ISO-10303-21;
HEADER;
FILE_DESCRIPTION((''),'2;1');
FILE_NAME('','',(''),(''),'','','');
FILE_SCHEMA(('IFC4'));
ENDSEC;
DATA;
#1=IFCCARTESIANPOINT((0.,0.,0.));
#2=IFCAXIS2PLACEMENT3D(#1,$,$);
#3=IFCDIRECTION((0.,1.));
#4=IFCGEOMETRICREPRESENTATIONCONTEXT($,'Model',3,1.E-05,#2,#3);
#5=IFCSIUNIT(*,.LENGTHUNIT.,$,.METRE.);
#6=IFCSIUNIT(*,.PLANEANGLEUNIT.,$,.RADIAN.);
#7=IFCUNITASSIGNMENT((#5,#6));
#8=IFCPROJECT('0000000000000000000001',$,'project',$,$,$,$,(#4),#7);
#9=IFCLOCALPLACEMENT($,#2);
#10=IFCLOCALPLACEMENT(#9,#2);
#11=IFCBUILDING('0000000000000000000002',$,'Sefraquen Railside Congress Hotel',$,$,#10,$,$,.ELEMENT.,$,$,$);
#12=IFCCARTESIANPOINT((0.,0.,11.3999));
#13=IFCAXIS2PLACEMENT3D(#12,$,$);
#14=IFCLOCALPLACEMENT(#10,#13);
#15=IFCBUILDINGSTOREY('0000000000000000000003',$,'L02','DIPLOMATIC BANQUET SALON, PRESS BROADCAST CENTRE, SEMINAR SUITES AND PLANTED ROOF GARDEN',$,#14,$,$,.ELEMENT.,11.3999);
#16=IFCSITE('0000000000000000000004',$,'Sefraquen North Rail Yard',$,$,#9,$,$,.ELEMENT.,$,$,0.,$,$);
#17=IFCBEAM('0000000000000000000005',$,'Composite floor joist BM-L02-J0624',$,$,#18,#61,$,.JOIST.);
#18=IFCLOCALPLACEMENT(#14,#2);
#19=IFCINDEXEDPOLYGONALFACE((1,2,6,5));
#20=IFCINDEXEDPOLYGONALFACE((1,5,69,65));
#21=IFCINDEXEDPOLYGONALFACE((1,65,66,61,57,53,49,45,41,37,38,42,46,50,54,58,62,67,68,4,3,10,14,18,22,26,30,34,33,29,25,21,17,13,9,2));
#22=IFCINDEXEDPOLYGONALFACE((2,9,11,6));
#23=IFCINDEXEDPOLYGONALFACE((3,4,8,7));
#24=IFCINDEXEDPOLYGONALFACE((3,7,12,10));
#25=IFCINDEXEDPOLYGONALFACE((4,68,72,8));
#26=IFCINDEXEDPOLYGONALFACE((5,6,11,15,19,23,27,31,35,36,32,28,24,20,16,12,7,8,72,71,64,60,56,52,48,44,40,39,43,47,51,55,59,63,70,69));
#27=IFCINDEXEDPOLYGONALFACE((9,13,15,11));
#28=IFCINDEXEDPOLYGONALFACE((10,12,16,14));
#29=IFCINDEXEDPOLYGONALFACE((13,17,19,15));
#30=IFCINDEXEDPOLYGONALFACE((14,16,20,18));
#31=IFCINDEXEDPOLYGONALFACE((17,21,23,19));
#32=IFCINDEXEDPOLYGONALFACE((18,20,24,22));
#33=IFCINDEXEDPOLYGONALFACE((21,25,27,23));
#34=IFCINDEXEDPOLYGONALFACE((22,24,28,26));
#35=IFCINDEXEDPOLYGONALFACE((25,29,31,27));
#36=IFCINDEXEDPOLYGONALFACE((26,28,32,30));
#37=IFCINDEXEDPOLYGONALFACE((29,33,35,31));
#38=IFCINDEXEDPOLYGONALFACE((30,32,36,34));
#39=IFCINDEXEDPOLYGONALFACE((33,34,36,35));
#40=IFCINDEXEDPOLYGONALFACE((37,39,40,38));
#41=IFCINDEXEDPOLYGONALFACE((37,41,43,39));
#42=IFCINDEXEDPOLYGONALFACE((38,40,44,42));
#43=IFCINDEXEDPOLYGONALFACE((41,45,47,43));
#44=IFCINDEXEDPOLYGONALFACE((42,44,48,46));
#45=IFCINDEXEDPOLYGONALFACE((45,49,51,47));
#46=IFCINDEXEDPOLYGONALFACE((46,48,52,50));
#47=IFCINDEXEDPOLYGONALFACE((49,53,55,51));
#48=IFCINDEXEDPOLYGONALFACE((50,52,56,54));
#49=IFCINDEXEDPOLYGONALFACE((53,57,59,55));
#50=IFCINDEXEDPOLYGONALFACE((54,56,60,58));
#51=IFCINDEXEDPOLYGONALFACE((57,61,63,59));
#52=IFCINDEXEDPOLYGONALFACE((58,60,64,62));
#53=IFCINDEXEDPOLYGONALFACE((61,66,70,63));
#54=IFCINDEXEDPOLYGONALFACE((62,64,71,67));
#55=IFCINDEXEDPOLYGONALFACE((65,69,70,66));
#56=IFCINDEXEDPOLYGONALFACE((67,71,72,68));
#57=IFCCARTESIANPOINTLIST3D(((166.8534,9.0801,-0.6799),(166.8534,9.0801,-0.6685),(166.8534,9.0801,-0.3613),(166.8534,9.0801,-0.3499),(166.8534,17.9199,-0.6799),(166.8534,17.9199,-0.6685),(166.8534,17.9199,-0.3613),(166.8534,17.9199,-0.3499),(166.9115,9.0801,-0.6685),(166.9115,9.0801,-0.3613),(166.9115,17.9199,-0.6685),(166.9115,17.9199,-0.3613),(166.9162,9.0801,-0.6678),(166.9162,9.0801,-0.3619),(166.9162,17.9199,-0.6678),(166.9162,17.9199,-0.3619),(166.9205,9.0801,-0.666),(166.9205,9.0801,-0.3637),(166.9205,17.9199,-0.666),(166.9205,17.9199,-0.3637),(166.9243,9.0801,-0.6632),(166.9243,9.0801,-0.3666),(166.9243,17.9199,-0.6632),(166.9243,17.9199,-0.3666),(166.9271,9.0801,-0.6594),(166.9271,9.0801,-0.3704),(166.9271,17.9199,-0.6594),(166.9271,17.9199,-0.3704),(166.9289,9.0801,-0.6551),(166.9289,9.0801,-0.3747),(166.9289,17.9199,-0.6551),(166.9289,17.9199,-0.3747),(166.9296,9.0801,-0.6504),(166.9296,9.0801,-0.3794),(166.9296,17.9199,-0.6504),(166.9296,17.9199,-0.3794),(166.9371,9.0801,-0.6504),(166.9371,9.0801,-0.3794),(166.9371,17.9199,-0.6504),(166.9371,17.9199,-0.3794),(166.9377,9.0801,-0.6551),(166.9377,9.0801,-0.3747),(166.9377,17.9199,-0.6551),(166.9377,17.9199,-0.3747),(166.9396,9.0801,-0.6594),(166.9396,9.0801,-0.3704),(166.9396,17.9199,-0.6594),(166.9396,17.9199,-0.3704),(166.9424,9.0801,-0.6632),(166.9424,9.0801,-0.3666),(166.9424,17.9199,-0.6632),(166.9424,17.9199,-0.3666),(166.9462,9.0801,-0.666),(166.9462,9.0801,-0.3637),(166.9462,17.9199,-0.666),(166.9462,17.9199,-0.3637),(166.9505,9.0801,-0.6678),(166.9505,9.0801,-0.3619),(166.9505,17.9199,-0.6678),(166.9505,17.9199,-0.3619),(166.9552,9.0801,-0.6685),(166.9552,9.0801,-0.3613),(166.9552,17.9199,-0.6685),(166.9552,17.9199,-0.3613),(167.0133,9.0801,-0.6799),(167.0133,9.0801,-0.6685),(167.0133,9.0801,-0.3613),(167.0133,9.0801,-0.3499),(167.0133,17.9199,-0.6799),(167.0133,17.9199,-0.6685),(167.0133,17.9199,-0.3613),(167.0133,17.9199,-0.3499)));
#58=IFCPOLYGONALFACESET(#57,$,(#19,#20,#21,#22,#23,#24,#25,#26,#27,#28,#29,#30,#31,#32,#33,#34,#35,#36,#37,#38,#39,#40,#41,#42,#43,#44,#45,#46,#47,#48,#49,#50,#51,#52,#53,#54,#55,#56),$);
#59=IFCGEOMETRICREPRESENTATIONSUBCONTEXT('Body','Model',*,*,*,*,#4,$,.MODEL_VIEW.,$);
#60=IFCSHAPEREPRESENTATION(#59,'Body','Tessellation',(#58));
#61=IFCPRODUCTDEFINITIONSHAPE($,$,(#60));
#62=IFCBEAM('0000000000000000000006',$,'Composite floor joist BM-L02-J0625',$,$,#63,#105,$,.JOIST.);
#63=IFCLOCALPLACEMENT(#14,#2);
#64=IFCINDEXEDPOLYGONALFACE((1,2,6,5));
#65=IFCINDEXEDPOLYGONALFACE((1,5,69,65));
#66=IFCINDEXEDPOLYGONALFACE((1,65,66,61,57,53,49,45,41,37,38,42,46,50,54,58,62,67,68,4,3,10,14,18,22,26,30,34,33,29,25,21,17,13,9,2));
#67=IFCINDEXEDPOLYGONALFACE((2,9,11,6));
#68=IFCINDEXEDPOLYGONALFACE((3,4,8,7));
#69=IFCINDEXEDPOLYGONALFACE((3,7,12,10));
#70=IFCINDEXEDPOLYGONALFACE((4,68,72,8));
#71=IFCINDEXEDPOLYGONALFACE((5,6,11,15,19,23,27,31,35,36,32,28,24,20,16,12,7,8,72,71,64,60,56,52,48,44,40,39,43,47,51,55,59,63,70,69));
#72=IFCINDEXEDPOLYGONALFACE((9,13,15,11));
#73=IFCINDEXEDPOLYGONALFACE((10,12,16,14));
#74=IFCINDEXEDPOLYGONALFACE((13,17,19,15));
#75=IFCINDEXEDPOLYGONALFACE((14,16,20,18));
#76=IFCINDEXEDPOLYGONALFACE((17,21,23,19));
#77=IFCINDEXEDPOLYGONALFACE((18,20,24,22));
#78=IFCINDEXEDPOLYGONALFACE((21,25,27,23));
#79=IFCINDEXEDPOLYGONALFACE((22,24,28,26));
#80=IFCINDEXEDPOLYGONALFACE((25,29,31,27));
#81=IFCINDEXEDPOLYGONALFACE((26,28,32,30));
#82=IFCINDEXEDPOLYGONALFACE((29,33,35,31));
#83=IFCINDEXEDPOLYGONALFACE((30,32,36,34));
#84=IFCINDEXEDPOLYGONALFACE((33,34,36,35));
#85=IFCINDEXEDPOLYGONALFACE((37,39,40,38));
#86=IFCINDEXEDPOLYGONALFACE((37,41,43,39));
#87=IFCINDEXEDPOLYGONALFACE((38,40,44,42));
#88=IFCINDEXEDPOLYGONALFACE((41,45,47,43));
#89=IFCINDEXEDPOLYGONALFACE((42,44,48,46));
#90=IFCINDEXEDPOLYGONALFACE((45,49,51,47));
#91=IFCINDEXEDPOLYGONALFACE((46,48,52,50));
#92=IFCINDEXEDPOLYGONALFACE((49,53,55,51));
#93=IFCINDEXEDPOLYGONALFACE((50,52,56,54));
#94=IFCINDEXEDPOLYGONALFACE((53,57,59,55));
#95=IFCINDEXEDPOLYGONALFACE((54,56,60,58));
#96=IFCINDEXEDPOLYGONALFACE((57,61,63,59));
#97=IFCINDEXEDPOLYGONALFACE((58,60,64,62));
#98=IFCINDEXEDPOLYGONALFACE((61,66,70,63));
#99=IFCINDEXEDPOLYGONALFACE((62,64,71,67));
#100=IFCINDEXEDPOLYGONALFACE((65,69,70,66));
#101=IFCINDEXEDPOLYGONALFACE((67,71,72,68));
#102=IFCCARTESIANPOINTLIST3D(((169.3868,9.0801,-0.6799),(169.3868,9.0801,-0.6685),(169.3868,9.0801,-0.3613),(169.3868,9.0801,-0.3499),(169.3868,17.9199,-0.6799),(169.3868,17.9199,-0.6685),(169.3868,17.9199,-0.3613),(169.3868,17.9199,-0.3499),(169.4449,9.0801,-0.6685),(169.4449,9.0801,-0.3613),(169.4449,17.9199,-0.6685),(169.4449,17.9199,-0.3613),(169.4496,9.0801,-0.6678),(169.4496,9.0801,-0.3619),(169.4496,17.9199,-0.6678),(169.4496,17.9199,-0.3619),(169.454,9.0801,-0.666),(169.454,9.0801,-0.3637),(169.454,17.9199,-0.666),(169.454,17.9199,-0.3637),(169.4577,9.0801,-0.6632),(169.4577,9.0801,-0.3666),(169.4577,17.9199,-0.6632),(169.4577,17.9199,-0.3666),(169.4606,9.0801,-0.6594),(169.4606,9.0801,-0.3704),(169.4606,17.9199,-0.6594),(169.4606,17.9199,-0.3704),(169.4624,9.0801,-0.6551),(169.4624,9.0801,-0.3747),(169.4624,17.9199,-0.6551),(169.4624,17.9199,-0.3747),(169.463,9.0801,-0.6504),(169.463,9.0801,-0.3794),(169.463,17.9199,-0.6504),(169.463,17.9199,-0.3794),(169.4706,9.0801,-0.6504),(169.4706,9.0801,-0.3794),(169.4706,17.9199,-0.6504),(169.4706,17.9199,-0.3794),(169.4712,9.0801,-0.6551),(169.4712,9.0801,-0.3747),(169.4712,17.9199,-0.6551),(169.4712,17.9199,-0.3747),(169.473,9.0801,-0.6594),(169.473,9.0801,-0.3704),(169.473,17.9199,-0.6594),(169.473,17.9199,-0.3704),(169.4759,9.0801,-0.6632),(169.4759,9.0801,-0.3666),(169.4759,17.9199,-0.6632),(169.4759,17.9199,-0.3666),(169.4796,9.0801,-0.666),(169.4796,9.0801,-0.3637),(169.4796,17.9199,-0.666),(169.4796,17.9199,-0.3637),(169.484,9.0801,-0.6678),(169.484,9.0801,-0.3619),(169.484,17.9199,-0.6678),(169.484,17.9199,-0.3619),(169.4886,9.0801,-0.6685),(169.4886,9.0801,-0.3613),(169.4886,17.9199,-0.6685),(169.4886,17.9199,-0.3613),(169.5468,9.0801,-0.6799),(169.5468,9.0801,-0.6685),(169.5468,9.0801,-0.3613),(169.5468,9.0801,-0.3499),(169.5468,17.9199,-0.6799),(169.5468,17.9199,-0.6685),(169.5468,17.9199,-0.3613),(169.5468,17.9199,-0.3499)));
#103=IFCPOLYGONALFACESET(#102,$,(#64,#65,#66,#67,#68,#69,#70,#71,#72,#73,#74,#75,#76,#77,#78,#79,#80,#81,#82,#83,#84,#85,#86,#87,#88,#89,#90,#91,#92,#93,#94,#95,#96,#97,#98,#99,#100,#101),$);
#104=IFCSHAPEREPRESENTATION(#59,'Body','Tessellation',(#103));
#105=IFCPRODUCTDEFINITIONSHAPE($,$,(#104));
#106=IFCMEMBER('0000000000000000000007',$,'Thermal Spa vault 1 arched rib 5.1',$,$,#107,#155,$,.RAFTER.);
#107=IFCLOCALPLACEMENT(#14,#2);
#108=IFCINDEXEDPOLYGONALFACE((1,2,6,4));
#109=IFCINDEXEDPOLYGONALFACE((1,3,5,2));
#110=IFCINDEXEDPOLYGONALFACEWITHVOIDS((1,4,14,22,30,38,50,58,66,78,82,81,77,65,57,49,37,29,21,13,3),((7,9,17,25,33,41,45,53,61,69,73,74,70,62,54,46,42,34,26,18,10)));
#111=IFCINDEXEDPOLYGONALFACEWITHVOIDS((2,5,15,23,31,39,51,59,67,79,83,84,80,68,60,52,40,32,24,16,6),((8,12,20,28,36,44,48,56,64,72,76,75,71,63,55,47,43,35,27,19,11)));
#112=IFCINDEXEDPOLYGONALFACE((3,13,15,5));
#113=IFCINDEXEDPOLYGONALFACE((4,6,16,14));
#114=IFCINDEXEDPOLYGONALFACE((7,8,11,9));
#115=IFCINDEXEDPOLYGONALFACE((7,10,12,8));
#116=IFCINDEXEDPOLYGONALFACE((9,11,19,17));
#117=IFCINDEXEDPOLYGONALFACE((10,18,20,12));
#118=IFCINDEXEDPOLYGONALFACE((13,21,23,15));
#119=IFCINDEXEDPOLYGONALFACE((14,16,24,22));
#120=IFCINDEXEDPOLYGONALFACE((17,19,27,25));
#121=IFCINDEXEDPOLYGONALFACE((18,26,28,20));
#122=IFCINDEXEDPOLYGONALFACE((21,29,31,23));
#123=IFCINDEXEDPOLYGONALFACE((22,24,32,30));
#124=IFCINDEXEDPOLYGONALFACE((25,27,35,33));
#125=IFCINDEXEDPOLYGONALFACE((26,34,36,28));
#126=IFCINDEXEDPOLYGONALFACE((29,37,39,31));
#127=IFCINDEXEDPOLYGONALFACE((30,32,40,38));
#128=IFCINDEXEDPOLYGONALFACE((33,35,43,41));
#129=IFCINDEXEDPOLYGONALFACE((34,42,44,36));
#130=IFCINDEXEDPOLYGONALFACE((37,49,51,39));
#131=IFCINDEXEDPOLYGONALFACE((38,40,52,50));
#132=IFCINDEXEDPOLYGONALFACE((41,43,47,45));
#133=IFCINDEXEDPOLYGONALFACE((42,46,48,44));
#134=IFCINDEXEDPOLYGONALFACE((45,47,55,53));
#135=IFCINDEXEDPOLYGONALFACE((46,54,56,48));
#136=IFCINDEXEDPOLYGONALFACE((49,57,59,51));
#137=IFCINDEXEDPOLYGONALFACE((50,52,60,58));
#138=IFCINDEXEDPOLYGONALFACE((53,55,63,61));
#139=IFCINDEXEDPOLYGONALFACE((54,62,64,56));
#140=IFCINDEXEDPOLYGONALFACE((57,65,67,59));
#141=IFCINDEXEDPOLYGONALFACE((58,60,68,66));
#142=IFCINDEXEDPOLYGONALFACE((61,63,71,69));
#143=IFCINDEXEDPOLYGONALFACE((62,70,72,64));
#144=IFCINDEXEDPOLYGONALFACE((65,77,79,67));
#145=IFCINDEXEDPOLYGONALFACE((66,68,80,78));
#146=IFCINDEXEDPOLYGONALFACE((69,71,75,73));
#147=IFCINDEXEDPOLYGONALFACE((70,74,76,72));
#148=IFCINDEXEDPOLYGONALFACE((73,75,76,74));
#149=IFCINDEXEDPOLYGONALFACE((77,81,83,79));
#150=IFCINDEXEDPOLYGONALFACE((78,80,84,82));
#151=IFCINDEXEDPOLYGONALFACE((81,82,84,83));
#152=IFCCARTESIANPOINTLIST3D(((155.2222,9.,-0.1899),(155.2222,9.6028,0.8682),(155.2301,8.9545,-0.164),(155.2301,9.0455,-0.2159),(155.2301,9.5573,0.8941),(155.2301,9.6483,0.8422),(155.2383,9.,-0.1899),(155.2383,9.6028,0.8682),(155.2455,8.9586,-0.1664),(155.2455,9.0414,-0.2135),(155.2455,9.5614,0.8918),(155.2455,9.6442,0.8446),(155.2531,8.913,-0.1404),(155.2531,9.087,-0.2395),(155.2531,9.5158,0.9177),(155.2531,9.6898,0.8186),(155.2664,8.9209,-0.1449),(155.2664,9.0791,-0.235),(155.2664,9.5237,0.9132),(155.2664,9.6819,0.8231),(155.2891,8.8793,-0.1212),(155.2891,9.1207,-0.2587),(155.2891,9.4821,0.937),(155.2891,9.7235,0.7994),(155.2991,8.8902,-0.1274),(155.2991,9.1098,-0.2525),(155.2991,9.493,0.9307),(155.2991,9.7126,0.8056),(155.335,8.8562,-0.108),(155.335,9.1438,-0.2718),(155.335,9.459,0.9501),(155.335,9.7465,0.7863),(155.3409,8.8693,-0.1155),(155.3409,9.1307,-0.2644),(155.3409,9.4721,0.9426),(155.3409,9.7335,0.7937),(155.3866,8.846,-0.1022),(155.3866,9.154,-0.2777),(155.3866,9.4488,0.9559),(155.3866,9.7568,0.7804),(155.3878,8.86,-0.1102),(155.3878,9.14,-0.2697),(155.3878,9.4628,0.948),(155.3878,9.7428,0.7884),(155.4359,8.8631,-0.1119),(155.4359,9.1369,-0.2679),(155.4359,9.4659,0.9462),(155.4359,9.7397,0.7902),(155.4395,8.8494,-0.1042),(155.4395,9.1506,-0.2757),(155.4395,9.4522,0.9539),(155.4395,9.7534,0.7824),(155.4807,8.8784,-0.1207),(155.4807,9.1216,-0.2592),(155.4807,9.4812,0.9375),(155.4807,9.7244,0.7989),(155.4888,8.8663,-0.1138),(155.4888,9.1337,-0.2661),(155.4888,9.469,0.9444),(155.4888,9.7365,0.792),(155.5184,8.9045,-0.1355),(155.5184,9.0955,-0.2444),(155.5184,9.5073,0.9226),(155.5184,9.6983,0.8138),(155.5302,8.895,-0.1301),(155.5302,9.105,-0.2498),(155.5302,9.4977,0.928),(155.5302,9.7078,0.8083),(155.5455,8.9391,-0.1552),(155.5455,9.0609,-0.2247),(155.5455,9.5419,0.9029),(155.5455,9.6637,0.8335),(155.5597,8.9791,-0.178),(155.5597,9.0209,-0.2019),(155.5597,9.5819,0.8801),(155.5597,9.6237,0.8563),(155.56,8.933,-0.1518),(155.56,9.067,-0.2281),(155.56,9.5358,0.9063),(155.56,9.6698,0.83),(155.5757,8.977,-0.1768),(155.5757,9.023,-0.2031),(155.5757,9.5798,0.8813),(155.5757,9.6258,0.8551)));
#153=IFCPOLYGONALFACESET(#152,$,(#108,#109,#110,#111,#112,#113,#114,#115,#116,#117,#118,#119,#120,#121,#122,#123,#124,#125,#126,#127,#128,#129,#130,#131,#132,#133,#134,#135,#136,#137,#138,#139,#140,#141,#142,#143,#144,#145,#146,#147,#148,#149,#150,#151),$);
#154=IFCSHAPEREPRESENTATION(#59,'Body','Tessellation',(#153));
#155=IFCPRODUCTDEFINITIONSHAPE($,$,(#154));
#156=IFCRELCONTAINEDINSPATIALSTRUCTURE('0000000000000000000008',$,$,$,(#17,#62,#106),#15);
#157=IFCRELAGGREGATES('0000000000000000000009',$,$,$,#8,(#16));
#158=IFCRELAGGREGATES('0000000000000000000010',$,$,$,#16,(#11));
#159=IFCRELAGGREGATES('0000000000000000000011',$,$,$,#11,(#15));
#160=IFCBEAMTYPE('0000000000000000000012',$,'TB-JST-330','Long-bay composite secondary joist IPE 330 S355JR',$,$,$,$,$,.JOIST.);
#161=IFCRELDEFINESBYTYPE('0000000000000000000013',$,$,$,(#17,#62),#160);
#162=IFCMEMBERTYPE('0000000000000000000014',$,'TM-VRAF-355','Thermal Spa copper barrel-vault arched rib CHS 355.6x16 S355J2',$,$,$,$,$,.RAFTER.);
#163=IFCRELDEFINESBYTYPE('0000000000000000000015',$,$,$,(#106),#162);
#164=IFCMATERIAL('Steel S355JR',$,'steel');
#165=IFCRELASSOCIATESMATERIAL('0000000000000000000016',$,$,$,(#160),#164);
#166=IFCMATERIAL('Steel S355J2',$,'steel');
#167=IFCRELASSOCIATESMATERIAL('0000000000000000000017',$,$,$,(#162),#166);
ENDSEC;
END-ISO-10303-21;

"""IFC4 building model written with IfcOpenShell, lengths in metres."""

from ifc_helpers import new_model, si_unit, direction, frame, origin, origin_2d, place, context, subcontext, project, spatial, hollow_circle, i_section, extrude, material, material_profile, profile_set, type_object, element, save


model = new_model("IFC4")

# Units and contexts
model_context = context("Model", 3, precision=1e-05, world=origin(), true_north=direction((0.0, 1.0)))
body_context = subcontext(model_context, "Body", "Model", "MODEL_VIEW")
ifc_project = project(units=[si_unit("LENGTHUNIT", "METRE"), si_unit("PLANEANGLEUNIT", "RADIAN")], contexts=[model_context])

# Site, building, storey
site_placement = place(None, origin())
site = spatial("IfcSite", under=ifc_project, at=site_placement, Name="Sefraquen North Rail Yard", CompositionType="ELEMENT", RefElevation=0.0)
building_placement = place(site_placement, origin())
building = spatial("IfcBuilding", under=site, at=building_placement, Name="Sefraquen Railside Congress Hotel", CompositionType="ELEMENT")
storey_placement = place(building_placement, frame((0.0, 0.0, 11.3999)))
storey = spatial("IfcBuildingStorey", under=building, at=storey_placement, Name="L02", Description="DIPLOMATIC BANQUET SALON, PRESS BROADCAST CENTRE, SEMINAR SUITES AND PLANTED ROOF GARDEN", CompositionType="ELEMENT", Elevation=11.3999)

# Beams
ifc_material_1 = material(Name="Steel S355JR", Category="steel")
ifc_material_profile_1 = material_profile(ifc_material_1, i_section(OverallWidth=0.1599, OverallDepth=0.3301, WebThickness=0.0076, FlangeThickness=0.0115, FilletRadius=0.0181, at=origin_2d()), Name="IPE 330")
ifc_profile_set_1 = profile_set([ifc_material_profile_1], Name="Steel S355JR")
beam_type_1 = type_object("IfcBeamType", Name="TB-JST-330", Description="Long-bay composite secondary joist IPE 330 S355JR", PredefinedType="JOIST", material=ifc_profile_set_1)
for number, where, z_axis, x_axis, name in (
    (1, (166.9333, 9.0801, -0.5149), (0.0, 1.0, 0.0), (-1.0, 0.0, 0.0), "Composite floor joist BM-L02-J0624"),
    (2, (169.4668, 9.0801, -0.5149), (0.0, 1.0, 0.0), (-1.0, 0.0, 0.0), "Composite floor joist BM-L02-J0625"),
):
    element("IfcBeam", number, at=place(storey_placement, frame(where, z_axis=z_axis, x_axis=x_axis)), inside=storey, type_object=beam_type_1, Name=name, PredefinedType="JOIST", context=body_context, shape_type="SweptSolid", body=[
        extrude(i_section(OverallWidth=0.1599, OverallDepth=0.3301, WebThickness=0.0076, FlangeThickness=0.0115, FilletRadius=0.0181, at=origin_2d()), origin(), (0.0, 0.0, 1.0), 8.8398),
    ])

# Member
ifc_material_2 = material(Name="Steel S355J2", Category="steel")
ifc_material_profile_2 = material_profile(ifc_material_2, hollow_circle(Radius=0.1777, WallThickness=0.0161, at=origin_2d()), Name="CHS 355.6x16")
ifc_profile_set_2 = profile_set([ifc_material_profile_2], Name="Steel S355J2")
member_type = type_object("IfcMemberType", Name="TM-VRAF-355", Description="Thermal Spa copper barrel-vault arched rib CHS 355.6x16 S355J2", PredefinedType="RAFTER", material=ifc_profile_set_2)
member_1_placement = place(storey_placement, frame((155.3999, 9.0, -0.1899), z_axis=(0.0, 0.494994, 0.868896), x_axis=(-1.0, 0.0, 0.0)))
element("IfcMember", 3, at=member_1_placement, inside=storey, type_object=member_type, Name="Thermal Spa vault 1 arched rib 5.1", PredefinedType="RAFTER", context=body_context, shape_type="SweptSolid", body=[
    extrude(hollow_circle(Radius=0.1777, WallThickness=0.0161, at=origin_2d()), origin(), (0.0, 0.0, 1.0), 1.2178),
])

save(model, "model.ifc")
